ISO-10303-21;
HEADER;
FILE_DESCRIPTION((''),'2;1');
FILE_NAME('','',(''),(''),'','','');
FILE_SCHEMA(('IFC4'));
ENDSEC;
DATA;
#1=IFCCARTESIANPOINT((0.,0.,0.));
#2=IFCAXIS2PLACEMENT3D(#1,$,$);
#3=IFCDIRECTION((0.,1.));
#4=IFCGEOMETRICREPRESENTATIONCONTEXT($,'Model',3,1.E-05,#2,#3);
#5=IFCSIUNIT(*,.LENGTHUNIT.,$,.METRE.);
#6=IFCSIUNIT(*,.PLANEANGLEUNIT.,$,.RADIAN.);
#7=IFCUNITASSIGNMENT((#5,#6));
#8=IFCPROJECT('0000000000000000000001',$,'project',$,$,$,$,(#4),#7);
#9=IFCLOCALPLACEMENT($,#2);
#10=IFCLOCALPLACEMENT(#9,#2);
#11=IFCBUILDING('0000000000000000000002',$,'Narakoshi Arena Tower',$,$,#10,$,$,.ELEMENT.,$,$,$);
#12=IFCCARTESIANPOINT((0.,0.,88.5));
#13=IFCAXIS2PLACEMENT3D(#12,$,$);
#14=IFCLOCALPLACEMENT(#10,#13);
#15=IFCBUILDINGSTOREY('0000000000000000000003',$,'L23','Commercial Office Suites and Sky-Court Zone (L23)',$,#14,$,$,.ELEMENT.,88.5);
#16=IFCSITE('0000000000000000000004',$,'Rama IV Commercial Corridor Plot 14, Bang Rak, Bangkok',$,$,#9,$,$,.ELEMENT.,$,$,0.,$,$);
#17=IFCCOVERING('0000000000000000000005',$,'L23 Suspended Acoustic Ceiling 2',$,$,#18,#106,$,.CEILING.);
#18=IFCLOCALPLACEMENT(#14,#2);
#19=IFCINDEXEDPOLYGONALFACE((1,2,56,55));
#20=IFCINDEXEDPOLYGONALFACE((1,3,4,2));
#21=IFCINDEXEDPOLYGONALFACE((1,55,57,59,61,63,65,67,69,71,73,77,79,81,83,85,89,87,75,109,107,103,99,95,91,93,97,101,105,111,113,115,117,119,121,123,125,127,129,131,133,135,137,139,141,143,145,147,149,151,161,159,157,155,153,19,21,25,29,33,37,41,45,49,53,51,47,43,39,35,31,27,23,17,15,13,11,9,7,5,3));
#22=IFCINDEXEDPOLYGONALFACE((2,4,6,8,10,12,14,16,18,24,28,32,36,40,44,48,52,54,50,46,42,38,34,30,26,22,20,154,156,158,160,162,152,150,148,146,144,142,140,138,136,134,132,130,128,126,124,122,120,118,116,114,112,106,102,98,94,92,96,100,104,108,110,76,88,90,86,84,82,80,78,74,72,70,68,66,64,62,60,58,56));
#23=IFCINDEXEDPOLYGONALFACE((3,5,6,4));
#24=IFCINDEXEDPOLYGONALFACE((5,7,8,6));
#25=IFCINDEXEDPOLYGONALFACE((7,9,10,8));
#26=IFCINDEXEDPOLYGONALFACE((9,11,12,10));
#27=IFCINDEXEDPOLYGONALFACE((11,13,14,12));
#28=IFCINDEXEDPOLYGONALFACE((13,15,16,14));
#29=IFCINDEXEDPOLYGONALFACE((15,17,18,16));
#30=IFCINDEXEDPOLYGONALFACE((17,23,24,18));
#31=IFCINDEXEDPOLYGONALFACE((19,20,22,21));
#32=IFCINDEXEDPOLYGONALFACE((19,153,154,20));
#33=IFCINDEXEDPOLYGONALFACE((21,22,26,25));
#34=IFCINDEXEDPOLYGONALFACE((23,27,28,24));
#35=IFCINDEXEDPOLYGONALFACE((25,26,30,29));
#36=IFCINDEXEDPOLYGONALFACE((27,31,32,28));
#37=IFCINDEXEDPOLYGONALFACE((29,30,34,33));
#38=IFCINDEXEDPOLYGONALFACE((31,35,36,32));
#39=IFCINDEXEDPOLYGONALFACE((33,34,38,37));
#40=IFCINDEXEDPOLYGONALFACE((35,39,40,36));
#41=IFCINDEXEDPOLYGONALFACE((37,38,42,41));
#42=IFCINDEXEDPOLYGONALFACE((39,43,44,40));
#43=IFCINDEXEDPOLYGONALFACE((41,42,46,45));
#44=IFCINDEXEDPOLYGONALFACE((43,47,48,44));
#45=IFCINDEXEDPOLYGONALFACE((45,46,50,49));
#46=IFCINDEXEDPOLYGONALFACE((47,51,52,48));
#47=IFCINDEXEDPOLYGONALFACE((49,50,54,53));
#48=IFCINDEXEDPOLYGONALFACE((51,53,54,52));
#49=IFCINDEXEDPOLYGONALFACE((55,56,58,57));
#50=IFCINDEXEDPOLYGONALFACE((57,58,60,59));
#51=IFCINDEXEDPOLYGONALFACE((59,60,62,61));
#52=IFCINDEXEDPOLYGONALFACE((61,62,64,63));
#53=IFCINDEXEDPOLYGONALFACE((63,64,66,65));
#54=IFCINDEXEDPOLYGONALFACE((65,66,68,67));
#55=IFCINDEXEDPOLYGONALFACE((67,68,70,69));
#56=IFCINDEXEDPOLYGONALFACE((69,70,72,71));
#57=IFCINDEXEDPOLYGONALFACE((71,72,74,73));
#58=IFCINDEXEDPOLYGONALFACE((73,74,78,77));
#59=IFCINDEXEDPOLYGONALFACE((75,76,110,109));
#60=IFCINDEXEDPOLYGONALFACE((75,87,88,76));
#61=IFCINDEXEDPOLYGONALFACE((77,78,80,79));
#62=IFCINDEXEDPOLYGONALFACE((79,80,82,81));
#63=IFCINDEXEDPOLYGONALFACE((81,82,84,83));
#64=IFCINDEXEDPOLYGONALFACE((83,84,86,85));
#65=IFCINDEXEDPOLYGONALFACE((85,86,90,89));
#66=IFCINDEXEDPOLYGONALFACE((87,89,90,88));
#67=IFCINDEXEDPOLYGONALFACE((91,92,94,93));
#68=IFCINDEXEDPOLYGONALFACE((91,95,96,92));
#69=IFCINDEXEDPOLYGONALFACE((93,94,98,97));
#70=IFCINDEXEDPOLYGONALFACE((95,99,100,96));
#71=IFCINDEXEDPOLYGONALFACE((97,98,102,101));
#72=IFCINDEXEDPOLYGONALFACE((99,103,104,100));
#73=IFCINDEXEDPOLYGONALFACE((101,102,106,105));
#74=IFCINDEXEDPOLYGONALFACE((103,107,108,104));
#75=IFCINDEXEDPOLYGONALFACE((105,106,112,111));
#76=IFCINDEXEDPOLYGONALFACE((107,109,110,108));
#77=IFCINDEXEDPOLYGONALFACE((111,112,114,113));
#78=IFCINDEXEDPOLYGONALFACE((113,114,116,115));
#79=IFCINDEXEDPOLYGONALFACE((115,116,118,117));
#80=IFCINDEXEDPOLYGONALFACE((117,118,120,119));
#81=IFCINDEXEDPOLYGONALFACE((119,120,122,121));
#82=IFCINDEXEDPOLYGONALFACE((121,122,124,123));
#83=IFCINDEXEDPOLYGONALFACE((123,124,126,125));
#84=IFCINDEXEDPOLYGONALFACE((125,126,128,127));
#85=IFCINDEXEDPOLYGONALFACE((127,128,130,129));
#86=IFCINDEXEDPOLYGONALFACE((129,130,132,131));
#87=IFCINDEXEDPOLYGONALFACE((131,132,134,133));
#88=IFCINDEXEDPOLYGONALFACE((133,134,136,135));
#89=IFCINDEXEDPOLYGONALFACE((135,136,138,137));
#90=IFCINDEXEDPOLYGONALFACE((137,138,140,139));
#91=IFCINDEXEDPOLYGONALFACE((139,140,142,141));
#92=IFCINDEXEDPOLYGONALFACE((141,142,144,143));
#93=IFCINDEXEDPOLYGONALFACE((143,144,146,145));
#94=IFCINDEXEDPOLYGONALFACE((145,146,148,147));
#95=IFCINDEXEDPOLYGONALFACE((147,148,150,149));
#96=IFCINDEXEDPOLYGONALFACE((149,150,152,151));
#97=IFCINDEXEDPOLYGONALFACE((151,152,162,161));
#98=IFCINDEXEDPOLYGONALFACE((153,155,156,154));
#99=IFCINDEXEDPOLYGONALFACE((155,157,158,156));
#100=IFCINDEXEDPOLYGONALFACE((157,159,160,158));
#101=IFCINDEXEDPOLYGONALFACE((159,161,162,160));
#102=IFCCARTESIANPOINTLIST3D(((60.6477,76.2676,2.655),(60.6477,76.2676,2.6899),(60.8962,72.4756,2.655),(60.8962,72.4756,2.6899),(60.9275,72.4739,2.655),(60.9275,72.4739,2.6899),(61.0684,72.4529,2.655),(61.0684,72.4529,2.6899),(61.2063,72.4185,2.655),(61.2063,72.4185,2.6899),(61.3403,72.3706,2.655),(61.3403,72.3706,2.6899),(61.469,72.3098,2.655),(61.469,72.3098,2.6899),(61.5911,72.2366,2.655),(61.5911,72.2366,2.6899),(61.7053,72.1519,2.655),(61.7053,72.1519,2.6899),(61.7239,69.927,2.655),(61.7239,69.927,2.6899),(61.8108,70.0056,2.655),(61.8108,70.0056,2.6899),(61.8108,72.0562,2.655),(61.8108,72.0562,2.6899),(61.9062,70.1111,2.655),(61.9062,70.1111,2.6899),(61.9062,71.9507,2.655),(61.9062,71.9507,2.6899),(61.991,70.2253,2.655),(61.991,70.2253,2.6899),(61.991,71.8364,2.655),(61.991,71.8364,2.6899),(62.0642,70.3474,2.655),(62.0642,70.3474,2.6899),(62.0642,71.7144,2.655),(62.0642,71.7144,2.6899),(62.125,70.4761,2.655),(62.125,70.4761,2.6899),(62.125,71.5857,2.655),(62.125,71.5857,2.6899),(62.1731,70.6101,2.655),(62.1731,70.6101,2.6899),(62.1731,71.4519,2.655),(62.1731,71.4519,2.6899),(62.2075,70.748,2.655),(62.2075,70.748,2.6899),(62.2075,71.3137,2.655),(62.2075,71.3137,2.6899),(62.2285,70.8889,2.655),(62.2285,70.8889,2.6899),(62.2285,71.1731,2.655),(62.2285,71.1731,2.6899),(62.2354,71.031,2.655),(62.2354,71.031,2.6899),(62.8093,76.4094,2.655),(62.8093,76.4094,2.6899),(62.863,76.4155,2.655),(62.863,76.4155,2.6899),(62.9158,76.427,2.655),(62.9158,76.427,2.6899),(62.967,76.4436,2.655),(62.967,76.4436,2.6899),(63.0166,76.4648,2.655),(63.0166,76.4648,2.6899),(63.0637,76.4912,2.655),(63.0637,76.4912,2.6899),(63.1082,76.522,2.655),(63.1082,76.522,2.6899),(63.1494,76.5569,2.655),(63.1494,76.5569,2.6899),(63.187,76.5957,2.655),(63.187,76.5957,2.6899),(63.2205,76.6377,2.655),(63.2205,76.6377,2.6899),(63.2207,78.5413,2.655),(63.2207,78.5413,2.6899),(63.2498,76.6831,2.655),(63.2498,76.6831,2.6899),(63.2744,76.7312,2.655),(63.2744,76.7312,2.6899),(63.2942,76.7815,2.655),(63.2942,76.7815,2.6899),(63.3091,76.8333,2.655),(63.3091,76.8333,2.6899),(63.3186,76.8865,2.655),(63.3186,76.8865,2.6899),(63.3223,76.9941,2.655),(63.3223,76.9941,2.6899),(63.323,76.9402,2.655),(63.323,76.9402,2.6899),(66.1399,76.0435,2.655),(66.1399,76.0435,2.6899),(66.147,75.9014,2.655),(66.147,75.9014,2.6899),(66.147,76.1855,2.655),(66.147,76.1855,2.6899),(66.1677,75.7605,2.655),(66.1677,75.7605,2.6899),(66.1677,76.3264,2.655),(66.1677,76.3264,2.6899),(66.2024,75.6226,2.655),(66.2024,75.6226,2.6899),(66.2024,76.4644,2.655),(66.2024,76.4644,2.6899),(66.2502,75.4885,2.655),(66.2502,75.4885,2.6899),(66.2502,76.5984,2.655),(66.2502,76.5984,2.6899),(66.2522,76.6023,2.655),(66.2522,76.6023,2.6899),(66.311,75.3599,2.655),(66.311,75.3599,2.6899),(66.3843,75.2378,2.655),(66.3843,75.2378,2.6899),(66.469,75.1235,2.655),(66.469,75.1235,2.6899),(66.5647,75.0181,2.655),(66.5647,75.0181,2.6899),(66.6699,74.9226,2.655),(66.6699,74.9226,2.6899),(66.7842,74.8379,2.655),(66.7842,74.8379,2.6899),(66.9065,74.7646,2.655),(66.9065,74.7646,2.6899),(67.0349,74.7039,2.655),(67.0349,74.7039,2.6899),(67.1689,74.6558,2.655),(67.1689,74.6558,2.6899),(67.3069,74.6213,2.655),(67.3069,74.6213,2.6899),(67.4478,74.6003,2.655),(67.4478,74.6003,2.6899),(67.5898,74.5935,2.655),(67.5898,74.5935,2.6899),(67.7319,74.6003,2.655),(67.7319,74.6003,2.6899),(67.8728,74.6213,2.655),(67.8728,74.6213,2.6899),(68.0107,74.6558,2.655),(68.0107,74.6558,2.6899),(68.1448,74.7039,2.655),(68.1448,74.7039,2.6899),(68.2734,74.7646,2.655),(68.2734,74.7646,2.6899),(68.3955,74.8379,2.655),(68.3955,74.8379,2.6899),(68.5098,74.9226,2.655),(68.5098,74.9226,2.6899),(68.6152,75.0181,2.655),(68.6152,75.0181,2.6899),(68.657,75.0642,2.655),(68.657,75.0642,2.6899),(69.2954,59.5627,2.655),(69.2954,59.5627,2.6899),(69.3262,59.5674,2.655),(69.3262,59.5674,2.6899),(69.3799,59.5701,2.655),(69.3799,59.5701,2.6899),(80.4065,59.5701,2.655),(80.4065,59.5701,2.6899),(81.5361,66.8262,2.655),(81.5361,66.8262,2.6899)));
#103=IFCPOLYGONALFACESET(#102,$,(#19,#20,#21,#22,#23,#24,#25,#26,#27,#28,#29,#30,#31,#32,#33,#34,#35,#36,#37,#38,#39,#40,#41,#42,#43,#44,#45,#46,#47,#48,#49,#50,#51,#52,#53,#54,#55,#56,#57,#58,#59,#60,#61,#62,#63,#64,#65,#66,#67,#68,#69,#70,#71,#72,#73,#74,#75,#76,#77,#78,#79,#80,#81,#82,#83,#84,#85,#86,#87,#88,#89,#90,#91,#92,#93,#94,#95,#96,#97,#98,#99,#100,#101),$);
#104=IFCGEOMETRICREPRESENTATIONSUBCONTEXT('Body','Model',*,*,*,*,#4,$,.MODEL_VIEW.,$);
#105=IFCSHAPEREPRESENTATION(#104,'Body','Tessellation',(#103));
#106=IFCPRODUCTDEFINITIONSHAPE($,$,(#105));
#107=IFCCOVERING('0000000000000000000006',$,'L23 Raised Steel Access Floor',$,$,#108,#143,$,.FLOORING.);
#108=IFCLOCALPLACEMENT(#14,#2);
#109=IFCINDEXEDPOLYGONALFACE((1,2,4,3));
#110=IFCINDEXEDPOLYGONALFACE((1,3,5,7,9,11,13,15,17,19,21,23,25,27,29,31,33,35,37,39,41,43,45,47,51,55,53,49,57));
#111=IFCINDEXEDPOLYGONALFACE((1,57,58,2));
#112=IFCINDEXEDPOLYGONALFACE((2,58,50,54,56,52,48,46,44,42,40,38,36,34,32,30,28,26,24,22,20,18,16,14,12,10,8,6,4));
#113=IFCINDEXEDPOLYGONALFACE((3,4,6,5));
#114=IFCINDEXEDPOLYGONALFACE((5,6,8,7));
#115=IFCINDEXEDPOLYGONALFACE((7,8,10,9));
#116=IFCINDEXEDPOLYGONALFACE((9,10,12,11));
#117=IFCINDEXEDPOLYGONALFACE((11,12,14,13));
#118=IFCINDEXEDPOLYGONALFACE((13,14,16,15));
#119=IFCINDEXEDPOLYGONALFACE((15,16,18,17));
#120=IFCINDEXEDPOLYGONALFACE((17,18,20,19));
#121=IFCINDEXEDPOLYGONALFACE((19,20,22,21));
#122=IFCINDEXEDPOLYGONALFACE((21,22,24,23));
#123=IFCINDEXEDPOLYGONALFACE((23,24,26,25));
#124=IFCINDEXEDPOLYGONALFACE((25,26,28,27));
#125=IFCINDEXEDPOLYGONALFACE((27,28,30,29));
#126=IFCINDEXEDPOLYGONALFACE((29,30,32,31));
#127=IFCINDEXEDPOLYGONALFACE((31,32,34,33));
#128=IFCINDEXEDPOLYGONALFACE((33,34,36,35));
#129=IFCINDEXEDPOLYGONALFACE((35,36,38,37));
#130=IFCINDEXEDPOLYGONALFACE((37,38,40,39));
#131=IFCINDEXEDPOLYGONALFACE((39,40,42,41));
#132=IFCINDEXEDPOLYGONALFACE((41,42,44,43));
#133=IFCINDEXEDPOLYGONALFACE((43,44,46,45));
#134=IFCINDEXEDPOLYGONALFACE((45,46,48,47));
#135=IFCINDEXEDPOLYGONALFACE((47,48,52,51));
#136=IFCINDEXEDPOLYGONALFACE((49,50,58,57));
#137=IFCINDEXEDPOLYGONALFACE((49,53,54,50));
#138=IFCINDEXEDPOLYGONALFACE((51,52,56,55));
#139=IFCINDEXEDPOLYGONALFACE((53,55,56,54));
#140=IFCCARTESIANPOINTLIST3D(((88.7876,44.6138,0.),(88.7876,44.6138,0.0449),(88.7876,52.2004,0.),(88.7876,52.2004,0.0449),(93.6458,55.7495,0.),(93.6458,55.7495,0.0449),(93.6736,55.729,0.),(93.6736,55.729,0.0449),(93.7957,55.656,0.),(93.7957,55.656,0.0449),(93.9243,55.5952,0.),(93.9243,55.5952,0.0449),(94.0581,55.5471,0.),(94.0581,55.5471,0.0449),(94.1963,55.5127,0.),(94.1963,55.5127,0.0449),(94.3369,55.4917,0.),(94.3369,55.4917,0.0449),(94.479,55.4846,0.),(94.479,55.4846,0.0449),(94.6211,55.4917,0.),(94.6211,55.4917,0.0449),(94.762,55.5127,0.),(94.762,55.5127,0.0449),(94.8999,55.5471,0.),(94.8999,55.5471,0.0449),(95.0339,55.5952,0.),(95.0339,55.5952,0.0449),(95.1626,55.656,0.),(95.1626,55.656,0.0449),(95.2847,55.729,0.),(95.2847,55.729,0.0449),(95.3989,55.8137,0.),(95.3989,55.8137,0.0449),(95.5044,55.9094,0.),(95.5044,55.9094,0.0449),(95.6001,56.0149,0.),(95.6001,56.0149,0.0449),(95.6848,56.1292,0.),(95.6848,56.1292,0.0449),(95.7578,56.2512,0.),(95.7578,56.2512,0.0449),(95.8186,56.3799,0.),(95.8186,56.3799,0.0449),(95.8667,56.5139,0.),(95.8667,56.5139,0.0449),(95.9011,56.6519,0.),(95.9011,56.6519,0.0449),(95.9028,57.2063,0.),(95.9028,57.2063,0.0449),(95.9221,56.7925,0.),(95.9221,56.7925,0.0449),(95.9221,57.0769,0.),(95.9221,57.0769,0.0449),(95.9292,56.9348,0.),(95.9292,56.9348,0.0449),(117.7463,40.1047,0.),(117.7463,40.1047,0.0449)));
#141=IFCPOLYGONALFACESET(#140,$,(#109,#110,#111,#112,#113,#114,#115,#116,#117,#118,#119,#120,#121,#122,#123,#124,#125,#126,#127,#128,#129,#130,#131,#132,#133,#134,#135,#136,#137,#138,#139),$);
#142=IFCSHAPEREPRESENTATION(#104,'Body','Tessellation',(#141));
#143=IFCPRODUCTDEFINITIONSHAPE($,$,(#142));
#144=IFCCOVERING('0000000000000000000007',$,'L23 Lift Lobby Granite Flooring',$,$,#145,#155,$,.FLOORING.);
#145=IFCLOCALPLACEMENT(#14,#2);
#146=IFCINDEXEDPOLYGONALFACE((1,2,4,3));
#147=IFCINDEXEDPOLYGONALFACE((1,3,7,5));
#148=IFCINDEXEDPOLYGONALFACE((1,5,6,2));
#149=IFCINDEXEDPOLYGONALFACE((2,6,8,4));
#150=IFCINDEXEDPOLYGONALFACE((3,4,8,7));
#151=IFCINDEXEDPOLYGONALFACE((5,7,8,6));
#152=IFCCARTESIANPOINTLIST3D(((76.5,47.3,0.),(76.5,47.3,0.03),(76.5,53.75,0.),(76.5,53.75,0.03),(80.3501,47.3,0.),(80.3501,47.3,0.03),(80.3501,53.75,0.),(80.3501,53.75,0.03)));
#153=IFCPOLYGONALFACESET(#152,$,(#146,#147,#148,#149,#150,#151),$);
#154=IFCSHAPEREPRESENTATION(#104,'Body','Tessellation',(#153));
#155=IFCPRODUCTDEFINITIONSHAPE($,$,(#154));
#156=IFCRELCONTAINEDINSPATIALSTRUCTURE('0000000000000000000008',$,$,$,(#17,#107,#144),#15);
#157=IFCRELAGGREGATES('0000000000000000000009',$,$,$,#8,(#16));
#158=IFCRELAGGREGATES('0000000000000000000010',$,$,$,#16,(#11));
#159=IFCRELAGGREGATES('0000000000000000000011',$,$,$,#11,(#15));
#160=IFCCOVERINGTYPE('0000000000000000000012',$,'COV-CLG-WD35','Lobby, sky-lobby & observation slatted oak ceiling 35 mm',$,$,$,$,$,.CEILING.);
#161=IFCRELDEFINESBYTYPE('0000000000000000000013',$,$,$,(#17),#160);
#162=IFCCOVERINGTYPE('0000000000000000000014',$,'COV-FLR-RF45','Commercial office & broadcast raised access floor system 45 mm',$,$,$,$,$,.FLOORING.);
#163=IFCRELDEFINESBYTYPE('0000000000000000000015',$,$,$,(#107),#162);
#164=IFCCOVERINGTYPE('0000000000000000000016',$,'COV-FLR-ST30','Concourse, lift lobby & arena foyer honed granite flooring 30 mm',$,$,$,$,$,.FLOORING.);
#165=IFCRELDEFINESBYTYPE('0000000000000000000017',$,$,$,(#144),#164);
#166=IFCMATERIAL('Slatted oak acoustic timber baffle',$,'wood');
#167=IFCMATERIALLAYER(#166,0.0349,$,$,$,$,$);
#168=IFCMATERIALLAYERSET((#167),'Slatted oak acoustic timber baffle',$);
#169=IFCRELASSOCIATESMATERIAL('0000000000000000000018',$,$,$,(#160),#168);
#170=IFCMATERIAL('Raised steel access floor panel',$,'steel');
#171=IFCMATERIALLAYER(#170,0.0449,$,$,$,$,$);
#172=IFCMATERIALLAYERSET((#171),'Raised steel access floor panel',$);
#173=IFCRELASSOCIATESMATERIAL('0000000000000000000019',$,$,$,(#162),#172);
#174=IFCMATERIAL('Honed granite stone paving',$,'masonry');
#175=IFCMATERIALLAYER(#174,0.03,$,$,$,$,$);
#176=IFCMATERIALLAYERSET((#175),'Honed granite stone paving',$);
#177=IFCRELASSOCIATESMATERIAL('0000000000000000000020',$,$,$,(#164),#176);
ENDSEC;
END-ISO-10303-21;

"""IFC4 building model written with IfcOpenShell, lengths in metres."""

from ifc_helpers import new_model, si_unit, direction, frame, origin, place, context, subcontext, project, spatial, polyline, outline, extrude, material, layer, layer_set, type_object, element, save


model = new_model("IFC4")

# Units and contexts
model_context = context("Model", 3, precision=1e-05, world=origin(), true_north=direction((0.0, 1.0)))
body_context = subcontext(model_context, "Body", "Model", "MODEL_VIEW")
ifc_project = project(units=[si_unit("LENGTHUNIT", "METRE"), si_unit("PLANEANGLEUNIT", "RADIAN")], contexts=[model_context])

# Site, building, storey
site_placement = place(None, origin())
site = spatial("IfcSite", under=ifc_project, at=site_placement, Name="Rama IV Commercial Corridor Plot 14, Bang Rak, Bangkok", CompositionType="ELEMENT", RefElevation=0.0)
building_placement = place(site_placement, origin())
building = spatial("IfcBuilding", under=site, at=building_placement, Name="Narakoshi Arena Tower", CompositionType="ELEMENT")
storey_placement = place(building_placement, frame((0.0, 0.0, 88.5)))
storey = spatial("IfcBuildingStorey", under=building, at=storey_placement, Name="L23", Description="Commercial Office Suites and Sky-Court Zone (L23)", CompositionType="ELEMENT", Elevation=88.5)

# Coverings
ifc_material_1 = material(Name="Slatted oak acoustic timber baffle", Category="wood")
ifc_layer_1 = layer(ifc_material_1, 0.0349)
ifc_layer_set_1 = layer_set([ifc_layer_1], Name="Slatted oak acoustic timber baffle")
covering_type_1 = type_object("IfcCoveringType", Name="COV-CLG-WD35", Description="Lobby, sky-lobby & observation slatted oak ceiling 35 mm", PredefinedType="CEILING", material=ifc_layer_set_1)
covering_1_placement = place(storey_placement, frame((0.0, 0.0, 2.655)))
element("IfcCovering", 1, at=covering_1_placement, inside=storey, type_object=covering_type_1, Name="L23 Suspended Acoustic Ceiling 2", PredefinedType="CEILING", context=body_context, shape_type="SweptSolid", body=[
    extrude(outline(polyline([(62.8093, 76.4094), (62.863, 76.4155), (62.9158, 76.427), (62.967, 76.4436), (63.0166, 76.4648), (63.0637, 76.4912), (63.1082, 76.522), (63.1494, 76.5569), (63.187, 76.5957), (63.2205, 76.6377), (63.2498, 76.6831), (63.2744, 76.7312), (63.2942, 76.7815), (63.3091, 76.8333), (63.3186, 76.8865), (63.323, 76.9402), (63.3223, 76.9941), (63.2207, 78.5413), (66.2522, 76.6023), (66.2502, 76.5984), (66.2024, 76.4644), (66.1677, 76.3264), (66.147, 76.1855), (66.1399, 76.0435), (66.147, 75.9014), (66.1677, 75.7605), (66.2024, 75.6226), (66.2502, 75.4885), (66.311, 75.3599), (66.3843, 75.2378), (66.469, 75.1235), (66.5647, 75.0181), (66.6699, 74.9226), (66.7842, 74.8379), (66.9065, 74.7646), (67.0349, 74.7039), (67.1689, 74.6558), (67.3069, 74.6213), (67.4478, 74.6003), (67.5898, 74.5935), (67.7319, 74.6003), (67.8728, 74.6213), (68.0107, 74.6558), (68.1448, 74.7039), (68.2734, 74.7646), (68.3955, 74.8379), (68.5098, 74.9226), (68.6152, 75.0181), (68.657, 75.0642), (81.5361, 66.8262), (80.4065, 59.5701), (69.3799, 59.5701), (69.3262, 59.5674), (69.2954, 59.5627), (61.7239, 69.927), (61.8108, 70.0056), (61.9062, 70.1111), (61.991, 70.2253), (62.0642, 70.3474), (62.125, 70.4761), (62.1731, 70.6101), (62.2075, 70.748), (62.2285, 70.8889), (62.2354, 71.031), (62.2285, 71.1731), (62.2075, 71.3137), (62.1731, 71.4519), (62.125, 71.5857), (62.0642, 71.7144), (61.991, 71.8364), (61.9062, 71.9507), (61.8108, 72.0562), (61.7053, 72.1519), (61.5911, 72.2366), (61.469, 72.3098), (61.3403, 72.3706), (61.2063, 72.4185), (61.0684, 72.4529), (60.9275, 72.4739), (60.8962, 72.4756), (60.6477, 76.2676), (62.8093, 76.4094)])), origin(), (0.0, 0.0, 1.0), 0.0349),
])
ifc_material_2 = material(Name="Raised steel access floor panel", Category="steel")
ifc_layer_2 = layer(ifc_material_2, 0.0449)
ifc_layer_set_2 = layer_set([ifc_layer_2], Name="Raised steel access floor panel")
covering_type_2 = type_object("IfcCoveringType", Name="COV-FLR-RF45", Description="Commercial office & broadcast raised access floor system 45 mm", PredefinedType="FLOORING", material=ifc_layer_set_2)
covering_2_placement = place(storey_placement, origin())
element("IfcCovering", 2, at=covering_2_placement, inside=storey, type_object=covering_type_2, Name="L23 Raised Steel Access Floor", PredefinedType="FLOORING", context=body_context, shape_type="SweptSolid", body=[
    extrude(outline(polyline([(88.7876, 44.6138), (88.7876, 52.2004), (93.6458, 55.7495), (93.6736, 55.729), (93.7957, 55.656), (93.9243, 55.5952), (94.0581, 55.5471), (94.1963, 55.5127), (94.3369, 55.4917), (94.479, 55.4846), (94.6211, 55.4917), (94.762, 55.5127), (94.8999, 55.5471), (95.0339, 55.5952), (95.1626, 55.656), (95.2847, 55.729), (95.3989, 55.8137), (95.5044, 55.9094), (95.6001, 56.0149), (95.6848, 56.1292), (95.7578, 56.2512), (95.8186, 56.3799), (95.8667, 56.5139), (95.9011, 56.6519), (95.9221, 56.7925), (95.9292, 56.9348), (95.9221, 57.0769), (95.9028, 57.2063), (117.7463, 40.1047), (88.7876, 44.6138)])), origin(), (0.0, 0.0, 1.0), 0.0449),
])
ifc_material_3 = material(Name="Honed granite stone paving", Category="masonry")
ifc_layer_3 = layer(ifc_material_3, 0.03)
ifc_layer_set_3 = layer_set([ifc_layer_3], Name="Honed granite stone paving")
covering_type_3 = type_object("IfcCoveringType", Name="COV-FLR-ST30", Description="Concourse, lift lobby & arena foyer honed granite flooring 30 mm", PredefinedType="FLOORING", material=ifc_layer_set_3)
covering_3_placement = place(storey_placement, origin())
element("IfcCovering", 3, at=covering_3_placement, inside=storey, type_object=covering_type_3, Name="L23 Lift Lobby Granite Flooring", PredefinedType="FLOORING", context=body_context, shape_type="SweptSolid", body=[
    extrude(outline(polyline([(76.5, 47.3), (80.3501, 47.3), (80.3501, 53.75), (76.5, 53.75), (76.5, 47.3)])), origin(), (0.0, 0.0, 1.0), 0.03),
])

save(model, "model.ifc")
